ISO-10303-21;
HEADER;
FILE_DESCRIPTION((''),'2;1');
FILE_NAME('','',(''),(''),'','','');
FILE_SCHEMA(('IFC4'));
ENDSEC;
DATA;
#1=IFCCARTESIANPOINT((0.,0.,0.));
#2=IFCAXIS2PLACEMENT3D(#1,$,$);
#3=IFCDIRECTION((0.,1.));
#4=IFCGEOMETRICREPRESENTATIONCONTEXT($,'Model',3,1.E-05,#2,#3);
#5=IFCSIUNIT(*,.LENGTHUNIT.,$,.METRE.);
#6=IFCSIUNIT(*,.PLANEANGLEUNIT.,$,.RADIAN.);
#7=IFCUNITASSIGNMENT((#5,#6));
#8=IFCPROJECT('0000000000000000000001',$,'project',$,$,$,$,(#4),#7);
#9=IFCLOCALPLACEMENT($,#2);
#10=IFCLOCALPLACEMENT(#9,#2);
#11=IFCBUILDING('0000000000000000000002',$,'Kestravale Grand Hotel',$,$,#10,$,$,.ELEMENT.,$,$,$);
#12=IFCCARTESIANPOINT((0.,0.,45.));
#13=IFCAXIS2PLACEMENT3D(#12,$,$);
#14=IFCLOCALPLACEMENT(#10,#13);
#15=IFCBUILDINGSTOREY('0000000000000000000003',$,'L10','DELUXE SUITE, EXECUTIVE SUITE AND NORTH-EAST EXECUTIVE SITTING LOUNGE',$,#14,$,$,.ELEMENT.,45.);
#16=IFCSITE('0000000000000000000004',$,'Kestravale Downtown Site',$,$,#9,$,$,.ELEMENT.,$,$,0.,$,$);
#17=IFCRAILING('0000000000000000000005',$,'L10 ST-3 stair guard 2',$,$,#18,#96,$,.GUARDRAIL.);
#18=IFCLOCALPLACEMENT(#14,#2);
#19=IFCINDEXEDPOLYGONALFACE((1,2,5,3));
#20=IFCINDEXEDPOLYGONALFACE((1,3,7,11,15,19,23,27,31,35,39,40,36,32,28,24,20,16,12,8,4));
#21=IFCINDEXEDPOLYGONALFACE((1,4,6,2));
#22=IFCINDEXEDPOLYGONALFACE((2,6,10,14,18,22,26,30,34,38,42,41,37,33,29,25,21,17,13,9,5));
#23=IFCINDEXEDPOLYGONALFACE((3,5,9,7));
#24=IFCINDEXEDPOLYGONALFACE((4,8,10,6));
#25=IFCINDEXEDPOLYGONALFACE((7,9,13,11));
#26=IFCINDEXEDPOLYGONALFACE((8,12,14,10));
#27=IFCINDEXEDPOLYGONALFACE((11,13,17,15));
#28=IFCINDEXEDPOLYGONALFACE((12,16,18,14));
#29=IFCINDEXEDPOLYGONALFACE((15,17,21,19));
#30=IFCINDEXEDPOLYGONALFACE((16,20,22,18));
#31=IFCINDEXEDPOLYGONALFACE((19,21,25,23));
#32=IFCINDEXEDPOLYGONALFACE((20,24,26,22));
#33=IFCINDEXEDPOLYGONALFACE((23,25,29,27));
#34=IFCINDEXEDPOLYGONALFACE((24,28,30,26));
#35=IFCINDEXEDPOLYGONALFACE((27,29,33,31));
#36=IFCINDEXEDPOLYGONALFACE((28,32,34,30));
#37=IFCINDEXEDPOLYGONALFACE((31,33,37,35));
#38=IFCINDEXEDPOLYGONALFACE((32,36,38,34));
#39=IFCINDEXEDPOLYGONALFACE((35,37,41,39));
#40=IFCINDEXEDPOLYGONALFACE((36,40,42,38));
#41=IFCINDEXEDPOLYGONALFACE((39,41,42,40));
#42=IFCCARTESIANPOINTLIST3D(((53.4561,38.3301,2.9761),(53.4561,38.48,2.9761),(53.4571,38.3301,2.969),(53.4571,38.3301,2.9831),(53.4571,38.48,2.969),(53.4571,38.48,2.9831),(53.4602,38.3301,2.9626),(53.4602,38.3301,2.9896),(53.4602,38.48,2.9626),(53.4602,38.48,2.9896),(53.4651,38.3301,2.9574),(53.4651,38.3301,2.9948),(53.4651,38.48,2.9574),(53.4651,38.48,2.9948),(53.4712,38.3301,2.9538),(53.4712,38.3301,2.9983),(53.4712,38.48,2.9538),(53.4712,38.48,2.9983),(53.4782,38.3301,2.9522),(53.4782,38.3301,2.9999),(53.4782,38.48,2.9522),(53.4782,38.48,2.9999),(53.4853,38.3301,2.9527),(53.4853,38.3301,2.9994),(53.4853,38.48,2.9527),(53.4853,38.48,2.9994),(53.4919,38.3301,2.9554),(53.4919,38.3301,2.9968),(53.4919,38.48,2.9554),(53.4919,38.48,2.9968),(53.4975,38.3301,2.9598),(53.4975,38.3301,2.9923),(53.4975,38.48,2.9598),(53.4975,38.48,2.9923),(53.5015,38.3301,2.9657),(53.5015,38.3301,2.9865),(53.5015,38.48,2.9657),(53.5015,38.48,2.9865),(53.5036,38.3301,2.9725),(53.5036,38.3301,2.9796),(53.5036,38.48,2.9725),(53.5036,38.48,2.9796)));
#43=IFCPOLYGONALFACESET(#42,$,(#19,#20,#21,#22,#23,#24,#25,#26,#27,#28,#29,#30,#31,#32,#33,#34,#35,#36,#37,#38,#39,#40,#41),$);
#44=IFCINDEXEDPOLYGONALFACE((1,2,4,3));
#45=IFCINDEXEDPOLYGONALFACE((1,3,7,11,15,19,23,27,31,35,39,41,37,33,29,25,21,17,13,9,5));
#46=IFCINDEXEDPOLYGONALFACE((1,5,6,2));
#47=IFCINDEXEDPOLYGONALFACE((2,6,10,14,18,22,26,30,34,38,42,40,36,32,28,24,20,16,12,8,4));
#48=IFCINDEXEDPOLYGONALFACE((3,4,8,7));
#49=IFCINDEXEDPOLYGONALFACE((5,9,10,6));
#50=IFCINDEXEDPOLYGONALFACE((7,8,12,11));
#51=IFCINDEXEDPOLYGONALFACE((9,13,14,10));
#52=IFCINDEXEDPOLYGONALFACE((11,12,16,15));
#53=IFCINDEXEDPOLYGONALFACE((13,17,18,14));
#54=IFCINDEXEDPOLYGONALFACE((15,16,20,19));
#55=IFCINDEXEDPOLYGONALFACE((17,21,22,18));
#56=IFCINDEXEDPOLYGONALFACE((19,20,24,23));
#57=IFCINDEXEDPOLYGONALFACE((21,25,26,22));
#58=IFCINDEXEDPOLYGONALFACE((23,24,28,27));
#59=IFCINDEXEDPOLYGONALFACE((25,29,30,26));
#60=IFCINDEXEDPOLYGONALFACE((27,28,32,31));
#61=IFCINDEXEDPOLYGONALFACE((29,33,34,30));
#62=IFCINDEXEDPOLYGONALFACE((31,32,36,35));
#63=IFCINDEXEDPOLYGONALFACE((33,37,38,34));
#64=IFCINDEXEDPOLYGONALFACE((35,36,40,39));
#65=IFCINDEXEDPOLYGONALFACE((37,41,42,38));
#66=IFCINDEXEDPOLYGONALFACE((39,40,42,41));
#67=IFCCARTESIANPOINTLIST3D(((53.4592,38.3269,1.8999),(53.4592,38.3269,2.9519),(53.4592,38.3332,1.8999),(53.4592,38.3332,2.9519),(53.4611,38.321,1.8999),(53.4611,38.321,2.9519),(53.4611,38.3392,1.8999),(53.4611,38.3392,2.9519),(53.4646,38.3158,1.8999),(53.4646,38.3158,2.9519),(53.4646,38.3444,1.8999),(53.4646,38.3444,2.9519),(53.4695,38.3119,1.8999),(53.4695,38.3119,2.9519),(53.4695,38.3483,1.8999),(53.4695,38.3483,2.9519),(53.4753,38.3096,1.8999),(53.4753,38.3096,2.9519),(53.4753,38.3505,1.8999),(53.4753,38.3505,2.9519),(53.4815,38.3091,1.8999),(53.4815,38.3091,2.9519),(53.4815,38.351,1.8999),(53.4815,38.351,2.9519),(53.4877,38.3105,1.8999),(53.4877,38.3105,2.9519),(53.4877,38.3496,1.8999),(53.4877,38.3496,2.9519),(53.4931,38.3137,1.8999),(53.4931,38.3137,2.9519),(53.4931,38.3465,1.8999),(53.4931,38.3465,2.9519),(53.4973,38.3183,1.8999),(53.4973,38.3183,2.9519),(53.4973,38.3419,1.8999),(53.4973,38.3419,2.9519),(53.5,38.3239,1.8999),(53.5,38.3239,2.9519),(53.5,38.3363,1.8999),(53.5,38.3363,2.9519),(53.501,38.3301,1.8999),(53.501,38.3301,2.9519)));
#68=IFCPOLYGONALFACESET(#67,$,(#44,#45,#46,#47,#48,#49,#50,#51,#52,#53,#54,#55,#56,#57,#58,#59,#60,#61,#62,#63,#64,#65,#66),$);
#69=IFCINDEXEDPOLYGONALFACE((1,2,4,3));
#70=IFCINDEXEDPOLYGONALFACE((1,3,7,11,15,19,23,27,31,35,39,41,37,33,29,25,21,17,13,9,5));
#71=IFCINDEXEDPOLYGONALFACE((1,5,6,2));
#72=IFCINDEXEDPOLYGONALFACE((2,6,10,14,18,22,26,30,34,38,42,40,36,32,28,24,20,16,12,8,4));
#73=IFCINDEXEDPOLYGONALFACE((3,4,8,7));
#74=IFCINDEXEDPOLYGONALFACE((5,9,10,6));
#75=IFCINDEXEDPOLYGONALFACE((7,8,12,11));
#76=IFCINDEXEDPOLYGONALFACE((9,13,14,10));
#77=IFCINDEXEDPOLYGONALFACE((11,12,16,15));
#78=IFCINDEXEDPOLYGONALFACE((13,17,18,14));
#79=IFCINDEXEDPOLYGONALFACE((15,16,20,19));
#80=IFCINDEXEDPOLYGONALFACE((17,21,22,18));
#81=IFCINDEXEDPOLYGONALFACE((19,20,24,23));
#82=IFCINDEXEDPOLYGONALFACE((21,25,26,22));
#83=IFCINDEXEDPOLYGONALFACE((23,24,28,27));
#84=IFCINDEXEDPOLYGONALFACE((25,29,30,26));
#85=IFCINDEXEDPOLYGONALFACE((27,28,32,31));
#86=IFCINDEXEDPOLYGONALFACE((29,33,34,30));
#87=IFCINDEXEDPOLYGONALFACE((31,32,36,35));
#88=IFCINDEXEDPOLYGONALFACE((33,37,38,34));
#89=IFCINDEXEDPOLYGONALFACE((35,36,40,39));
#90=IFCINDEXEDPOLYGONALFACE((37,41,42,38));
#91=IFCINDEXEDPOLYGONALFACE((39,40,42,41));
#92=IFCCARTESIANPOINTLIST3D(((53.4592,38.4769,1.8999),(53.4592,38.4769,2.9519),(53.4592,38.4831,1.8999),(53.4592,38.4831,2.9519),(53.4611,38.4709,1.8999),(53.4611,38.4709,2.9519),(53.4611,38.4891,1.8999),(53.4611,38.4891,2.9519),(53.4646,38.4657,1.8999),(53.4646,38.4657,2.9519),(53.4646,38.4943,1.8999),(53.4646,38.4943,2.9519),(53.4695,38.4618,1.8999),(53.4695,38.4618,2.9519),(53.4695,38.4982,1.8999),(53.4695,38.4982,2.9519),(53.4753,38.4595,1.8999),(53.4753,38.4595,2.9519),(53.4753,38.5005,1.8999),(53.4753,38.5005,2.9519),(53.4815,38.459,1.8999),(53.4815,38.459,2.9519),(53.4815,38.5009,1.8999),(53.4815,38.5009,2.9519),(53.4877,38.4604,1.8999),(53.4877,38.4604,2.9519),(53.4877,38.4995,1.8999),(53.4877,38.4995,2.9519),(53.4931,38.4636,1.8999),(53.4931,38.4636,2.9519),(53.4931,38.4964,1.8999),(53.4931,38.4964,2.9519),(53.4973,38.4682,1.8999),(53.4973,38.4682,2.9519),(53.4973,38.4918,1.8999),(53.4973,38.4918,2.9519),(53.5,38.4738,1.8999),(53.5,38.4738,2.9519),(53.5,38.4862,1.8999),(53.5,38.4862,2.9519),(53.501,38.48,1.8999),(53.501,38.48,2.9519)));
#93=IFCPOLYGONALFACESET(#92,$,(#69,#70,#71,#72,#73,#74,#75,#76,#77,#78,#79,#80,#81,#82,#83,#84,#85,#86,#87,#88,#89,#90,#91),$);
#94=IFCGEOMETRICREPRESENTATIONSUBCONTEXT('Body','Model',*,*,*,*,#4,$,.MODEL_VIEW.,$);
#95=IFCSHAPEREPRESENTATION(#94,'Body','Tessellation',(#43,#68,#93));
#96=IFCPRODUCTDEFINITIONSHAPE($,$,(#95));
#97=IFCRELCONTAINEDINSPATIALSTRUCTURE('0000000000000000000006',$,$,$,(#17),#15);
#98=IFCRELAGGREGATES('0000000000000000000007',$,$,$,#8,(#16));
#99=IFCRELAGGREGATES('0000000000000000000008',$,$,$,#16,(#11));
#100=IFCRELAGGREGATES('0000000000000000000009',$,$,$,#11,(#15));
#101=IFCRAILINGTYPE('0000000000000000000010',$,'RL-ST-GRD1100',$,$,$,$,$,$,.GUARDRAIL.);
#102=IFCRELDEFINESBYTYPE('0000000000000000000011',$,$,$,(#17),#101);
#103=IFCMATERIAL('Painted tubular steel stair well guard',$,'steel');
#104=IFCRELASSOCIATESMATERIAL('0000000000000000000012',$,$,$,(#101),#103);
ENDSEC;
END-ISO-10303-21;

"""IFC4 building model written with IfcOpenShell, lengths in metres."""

from ifc_helpers import new_model, si_unit, direction, frame, origin, origin_2d, place, context, subcontext, project, spatial, circle, extrude, material, type_object, element, save


model = new_model("IFC4")

# Units and contexts
model_context = context("Model", 3, precision=1e-05, world=origin(), true_north=direction((0.0, 1.0)))
body_context = subcontext(model_context, "Body", "Model", "MODEL_VIEW")
ifc_project = project(units=[si_unit("LENGTHUNIT", "METRE"), si_unit("PLANEANGLEUNIT", "RADIAN")], contexts=[model_context])

# Site, building, storey
site_placement = place(None, origin())
site = spatial("IfcSite", under=ifc_project, at=site_placement, Name="Kestravale Downtown Site", CompositionType="ELEMENT", RefElevation=0.0)
building_placement = place(site_placement, origin())
building = spatial("IfcBuilding", under=site, at=building_placement, Name="Kestravale Grand Hotel", CompositionType="ELEMENT")
storey_placement = place(building_placement, frame((0.0, 0.0, 45.0)))
storey = spatial("IfcBuildingStorey", under=building, at=storey_placement, Name="L10", Description="DELUXE SUITE, EXECUTIVE SUITE AND NORTH-EAST EXECUTIVE SITTING LOUNGE", CompositionType="ELEMENT", Elevation=45.0)

# Railing
ifc_material_1 = material(Name="Painted tubular steel stair well guard", Category="steel")
railing_type_1 = type_object("IfcRailingType", Name="RL-ST-GRD1100", PredefinedType="GUARDRAIL", material=ifc_material_1)
railing_1_placement = place(storey_placement, frame((53.48, 38.3301, 1.8999)))
element("IfcRailing", 1, at=railing_1_placement, inside=storey, type_object=railing_type_1, Name="L10 ST-3 stair guard 2", PredefinedType="GUARDRAIL", context=body_context, shape_type="SweptSolid", body=[
    extrude(circle(Radius=0.0239, at=origin_2d()), frame((0.0, 0.0, 1.0762), z_axis=(0.0, 1.0, 0.0), x_axis=(-1.0, 0.0, 0.0)), (0.0, 0.0, 1.0), 0.1499),
    extrude(circle(Radius=0.021, at=origin_2d()), origin(), (0.0, 0.0, 1.0), 1.052),
    extrude(circle(Radius=0.021, at=origin_2d()), frame((0.0, 0.1499, 0.0)), (0.0, 0.0, 1.0), 1.052),
])

save(model, "model.ifc")
